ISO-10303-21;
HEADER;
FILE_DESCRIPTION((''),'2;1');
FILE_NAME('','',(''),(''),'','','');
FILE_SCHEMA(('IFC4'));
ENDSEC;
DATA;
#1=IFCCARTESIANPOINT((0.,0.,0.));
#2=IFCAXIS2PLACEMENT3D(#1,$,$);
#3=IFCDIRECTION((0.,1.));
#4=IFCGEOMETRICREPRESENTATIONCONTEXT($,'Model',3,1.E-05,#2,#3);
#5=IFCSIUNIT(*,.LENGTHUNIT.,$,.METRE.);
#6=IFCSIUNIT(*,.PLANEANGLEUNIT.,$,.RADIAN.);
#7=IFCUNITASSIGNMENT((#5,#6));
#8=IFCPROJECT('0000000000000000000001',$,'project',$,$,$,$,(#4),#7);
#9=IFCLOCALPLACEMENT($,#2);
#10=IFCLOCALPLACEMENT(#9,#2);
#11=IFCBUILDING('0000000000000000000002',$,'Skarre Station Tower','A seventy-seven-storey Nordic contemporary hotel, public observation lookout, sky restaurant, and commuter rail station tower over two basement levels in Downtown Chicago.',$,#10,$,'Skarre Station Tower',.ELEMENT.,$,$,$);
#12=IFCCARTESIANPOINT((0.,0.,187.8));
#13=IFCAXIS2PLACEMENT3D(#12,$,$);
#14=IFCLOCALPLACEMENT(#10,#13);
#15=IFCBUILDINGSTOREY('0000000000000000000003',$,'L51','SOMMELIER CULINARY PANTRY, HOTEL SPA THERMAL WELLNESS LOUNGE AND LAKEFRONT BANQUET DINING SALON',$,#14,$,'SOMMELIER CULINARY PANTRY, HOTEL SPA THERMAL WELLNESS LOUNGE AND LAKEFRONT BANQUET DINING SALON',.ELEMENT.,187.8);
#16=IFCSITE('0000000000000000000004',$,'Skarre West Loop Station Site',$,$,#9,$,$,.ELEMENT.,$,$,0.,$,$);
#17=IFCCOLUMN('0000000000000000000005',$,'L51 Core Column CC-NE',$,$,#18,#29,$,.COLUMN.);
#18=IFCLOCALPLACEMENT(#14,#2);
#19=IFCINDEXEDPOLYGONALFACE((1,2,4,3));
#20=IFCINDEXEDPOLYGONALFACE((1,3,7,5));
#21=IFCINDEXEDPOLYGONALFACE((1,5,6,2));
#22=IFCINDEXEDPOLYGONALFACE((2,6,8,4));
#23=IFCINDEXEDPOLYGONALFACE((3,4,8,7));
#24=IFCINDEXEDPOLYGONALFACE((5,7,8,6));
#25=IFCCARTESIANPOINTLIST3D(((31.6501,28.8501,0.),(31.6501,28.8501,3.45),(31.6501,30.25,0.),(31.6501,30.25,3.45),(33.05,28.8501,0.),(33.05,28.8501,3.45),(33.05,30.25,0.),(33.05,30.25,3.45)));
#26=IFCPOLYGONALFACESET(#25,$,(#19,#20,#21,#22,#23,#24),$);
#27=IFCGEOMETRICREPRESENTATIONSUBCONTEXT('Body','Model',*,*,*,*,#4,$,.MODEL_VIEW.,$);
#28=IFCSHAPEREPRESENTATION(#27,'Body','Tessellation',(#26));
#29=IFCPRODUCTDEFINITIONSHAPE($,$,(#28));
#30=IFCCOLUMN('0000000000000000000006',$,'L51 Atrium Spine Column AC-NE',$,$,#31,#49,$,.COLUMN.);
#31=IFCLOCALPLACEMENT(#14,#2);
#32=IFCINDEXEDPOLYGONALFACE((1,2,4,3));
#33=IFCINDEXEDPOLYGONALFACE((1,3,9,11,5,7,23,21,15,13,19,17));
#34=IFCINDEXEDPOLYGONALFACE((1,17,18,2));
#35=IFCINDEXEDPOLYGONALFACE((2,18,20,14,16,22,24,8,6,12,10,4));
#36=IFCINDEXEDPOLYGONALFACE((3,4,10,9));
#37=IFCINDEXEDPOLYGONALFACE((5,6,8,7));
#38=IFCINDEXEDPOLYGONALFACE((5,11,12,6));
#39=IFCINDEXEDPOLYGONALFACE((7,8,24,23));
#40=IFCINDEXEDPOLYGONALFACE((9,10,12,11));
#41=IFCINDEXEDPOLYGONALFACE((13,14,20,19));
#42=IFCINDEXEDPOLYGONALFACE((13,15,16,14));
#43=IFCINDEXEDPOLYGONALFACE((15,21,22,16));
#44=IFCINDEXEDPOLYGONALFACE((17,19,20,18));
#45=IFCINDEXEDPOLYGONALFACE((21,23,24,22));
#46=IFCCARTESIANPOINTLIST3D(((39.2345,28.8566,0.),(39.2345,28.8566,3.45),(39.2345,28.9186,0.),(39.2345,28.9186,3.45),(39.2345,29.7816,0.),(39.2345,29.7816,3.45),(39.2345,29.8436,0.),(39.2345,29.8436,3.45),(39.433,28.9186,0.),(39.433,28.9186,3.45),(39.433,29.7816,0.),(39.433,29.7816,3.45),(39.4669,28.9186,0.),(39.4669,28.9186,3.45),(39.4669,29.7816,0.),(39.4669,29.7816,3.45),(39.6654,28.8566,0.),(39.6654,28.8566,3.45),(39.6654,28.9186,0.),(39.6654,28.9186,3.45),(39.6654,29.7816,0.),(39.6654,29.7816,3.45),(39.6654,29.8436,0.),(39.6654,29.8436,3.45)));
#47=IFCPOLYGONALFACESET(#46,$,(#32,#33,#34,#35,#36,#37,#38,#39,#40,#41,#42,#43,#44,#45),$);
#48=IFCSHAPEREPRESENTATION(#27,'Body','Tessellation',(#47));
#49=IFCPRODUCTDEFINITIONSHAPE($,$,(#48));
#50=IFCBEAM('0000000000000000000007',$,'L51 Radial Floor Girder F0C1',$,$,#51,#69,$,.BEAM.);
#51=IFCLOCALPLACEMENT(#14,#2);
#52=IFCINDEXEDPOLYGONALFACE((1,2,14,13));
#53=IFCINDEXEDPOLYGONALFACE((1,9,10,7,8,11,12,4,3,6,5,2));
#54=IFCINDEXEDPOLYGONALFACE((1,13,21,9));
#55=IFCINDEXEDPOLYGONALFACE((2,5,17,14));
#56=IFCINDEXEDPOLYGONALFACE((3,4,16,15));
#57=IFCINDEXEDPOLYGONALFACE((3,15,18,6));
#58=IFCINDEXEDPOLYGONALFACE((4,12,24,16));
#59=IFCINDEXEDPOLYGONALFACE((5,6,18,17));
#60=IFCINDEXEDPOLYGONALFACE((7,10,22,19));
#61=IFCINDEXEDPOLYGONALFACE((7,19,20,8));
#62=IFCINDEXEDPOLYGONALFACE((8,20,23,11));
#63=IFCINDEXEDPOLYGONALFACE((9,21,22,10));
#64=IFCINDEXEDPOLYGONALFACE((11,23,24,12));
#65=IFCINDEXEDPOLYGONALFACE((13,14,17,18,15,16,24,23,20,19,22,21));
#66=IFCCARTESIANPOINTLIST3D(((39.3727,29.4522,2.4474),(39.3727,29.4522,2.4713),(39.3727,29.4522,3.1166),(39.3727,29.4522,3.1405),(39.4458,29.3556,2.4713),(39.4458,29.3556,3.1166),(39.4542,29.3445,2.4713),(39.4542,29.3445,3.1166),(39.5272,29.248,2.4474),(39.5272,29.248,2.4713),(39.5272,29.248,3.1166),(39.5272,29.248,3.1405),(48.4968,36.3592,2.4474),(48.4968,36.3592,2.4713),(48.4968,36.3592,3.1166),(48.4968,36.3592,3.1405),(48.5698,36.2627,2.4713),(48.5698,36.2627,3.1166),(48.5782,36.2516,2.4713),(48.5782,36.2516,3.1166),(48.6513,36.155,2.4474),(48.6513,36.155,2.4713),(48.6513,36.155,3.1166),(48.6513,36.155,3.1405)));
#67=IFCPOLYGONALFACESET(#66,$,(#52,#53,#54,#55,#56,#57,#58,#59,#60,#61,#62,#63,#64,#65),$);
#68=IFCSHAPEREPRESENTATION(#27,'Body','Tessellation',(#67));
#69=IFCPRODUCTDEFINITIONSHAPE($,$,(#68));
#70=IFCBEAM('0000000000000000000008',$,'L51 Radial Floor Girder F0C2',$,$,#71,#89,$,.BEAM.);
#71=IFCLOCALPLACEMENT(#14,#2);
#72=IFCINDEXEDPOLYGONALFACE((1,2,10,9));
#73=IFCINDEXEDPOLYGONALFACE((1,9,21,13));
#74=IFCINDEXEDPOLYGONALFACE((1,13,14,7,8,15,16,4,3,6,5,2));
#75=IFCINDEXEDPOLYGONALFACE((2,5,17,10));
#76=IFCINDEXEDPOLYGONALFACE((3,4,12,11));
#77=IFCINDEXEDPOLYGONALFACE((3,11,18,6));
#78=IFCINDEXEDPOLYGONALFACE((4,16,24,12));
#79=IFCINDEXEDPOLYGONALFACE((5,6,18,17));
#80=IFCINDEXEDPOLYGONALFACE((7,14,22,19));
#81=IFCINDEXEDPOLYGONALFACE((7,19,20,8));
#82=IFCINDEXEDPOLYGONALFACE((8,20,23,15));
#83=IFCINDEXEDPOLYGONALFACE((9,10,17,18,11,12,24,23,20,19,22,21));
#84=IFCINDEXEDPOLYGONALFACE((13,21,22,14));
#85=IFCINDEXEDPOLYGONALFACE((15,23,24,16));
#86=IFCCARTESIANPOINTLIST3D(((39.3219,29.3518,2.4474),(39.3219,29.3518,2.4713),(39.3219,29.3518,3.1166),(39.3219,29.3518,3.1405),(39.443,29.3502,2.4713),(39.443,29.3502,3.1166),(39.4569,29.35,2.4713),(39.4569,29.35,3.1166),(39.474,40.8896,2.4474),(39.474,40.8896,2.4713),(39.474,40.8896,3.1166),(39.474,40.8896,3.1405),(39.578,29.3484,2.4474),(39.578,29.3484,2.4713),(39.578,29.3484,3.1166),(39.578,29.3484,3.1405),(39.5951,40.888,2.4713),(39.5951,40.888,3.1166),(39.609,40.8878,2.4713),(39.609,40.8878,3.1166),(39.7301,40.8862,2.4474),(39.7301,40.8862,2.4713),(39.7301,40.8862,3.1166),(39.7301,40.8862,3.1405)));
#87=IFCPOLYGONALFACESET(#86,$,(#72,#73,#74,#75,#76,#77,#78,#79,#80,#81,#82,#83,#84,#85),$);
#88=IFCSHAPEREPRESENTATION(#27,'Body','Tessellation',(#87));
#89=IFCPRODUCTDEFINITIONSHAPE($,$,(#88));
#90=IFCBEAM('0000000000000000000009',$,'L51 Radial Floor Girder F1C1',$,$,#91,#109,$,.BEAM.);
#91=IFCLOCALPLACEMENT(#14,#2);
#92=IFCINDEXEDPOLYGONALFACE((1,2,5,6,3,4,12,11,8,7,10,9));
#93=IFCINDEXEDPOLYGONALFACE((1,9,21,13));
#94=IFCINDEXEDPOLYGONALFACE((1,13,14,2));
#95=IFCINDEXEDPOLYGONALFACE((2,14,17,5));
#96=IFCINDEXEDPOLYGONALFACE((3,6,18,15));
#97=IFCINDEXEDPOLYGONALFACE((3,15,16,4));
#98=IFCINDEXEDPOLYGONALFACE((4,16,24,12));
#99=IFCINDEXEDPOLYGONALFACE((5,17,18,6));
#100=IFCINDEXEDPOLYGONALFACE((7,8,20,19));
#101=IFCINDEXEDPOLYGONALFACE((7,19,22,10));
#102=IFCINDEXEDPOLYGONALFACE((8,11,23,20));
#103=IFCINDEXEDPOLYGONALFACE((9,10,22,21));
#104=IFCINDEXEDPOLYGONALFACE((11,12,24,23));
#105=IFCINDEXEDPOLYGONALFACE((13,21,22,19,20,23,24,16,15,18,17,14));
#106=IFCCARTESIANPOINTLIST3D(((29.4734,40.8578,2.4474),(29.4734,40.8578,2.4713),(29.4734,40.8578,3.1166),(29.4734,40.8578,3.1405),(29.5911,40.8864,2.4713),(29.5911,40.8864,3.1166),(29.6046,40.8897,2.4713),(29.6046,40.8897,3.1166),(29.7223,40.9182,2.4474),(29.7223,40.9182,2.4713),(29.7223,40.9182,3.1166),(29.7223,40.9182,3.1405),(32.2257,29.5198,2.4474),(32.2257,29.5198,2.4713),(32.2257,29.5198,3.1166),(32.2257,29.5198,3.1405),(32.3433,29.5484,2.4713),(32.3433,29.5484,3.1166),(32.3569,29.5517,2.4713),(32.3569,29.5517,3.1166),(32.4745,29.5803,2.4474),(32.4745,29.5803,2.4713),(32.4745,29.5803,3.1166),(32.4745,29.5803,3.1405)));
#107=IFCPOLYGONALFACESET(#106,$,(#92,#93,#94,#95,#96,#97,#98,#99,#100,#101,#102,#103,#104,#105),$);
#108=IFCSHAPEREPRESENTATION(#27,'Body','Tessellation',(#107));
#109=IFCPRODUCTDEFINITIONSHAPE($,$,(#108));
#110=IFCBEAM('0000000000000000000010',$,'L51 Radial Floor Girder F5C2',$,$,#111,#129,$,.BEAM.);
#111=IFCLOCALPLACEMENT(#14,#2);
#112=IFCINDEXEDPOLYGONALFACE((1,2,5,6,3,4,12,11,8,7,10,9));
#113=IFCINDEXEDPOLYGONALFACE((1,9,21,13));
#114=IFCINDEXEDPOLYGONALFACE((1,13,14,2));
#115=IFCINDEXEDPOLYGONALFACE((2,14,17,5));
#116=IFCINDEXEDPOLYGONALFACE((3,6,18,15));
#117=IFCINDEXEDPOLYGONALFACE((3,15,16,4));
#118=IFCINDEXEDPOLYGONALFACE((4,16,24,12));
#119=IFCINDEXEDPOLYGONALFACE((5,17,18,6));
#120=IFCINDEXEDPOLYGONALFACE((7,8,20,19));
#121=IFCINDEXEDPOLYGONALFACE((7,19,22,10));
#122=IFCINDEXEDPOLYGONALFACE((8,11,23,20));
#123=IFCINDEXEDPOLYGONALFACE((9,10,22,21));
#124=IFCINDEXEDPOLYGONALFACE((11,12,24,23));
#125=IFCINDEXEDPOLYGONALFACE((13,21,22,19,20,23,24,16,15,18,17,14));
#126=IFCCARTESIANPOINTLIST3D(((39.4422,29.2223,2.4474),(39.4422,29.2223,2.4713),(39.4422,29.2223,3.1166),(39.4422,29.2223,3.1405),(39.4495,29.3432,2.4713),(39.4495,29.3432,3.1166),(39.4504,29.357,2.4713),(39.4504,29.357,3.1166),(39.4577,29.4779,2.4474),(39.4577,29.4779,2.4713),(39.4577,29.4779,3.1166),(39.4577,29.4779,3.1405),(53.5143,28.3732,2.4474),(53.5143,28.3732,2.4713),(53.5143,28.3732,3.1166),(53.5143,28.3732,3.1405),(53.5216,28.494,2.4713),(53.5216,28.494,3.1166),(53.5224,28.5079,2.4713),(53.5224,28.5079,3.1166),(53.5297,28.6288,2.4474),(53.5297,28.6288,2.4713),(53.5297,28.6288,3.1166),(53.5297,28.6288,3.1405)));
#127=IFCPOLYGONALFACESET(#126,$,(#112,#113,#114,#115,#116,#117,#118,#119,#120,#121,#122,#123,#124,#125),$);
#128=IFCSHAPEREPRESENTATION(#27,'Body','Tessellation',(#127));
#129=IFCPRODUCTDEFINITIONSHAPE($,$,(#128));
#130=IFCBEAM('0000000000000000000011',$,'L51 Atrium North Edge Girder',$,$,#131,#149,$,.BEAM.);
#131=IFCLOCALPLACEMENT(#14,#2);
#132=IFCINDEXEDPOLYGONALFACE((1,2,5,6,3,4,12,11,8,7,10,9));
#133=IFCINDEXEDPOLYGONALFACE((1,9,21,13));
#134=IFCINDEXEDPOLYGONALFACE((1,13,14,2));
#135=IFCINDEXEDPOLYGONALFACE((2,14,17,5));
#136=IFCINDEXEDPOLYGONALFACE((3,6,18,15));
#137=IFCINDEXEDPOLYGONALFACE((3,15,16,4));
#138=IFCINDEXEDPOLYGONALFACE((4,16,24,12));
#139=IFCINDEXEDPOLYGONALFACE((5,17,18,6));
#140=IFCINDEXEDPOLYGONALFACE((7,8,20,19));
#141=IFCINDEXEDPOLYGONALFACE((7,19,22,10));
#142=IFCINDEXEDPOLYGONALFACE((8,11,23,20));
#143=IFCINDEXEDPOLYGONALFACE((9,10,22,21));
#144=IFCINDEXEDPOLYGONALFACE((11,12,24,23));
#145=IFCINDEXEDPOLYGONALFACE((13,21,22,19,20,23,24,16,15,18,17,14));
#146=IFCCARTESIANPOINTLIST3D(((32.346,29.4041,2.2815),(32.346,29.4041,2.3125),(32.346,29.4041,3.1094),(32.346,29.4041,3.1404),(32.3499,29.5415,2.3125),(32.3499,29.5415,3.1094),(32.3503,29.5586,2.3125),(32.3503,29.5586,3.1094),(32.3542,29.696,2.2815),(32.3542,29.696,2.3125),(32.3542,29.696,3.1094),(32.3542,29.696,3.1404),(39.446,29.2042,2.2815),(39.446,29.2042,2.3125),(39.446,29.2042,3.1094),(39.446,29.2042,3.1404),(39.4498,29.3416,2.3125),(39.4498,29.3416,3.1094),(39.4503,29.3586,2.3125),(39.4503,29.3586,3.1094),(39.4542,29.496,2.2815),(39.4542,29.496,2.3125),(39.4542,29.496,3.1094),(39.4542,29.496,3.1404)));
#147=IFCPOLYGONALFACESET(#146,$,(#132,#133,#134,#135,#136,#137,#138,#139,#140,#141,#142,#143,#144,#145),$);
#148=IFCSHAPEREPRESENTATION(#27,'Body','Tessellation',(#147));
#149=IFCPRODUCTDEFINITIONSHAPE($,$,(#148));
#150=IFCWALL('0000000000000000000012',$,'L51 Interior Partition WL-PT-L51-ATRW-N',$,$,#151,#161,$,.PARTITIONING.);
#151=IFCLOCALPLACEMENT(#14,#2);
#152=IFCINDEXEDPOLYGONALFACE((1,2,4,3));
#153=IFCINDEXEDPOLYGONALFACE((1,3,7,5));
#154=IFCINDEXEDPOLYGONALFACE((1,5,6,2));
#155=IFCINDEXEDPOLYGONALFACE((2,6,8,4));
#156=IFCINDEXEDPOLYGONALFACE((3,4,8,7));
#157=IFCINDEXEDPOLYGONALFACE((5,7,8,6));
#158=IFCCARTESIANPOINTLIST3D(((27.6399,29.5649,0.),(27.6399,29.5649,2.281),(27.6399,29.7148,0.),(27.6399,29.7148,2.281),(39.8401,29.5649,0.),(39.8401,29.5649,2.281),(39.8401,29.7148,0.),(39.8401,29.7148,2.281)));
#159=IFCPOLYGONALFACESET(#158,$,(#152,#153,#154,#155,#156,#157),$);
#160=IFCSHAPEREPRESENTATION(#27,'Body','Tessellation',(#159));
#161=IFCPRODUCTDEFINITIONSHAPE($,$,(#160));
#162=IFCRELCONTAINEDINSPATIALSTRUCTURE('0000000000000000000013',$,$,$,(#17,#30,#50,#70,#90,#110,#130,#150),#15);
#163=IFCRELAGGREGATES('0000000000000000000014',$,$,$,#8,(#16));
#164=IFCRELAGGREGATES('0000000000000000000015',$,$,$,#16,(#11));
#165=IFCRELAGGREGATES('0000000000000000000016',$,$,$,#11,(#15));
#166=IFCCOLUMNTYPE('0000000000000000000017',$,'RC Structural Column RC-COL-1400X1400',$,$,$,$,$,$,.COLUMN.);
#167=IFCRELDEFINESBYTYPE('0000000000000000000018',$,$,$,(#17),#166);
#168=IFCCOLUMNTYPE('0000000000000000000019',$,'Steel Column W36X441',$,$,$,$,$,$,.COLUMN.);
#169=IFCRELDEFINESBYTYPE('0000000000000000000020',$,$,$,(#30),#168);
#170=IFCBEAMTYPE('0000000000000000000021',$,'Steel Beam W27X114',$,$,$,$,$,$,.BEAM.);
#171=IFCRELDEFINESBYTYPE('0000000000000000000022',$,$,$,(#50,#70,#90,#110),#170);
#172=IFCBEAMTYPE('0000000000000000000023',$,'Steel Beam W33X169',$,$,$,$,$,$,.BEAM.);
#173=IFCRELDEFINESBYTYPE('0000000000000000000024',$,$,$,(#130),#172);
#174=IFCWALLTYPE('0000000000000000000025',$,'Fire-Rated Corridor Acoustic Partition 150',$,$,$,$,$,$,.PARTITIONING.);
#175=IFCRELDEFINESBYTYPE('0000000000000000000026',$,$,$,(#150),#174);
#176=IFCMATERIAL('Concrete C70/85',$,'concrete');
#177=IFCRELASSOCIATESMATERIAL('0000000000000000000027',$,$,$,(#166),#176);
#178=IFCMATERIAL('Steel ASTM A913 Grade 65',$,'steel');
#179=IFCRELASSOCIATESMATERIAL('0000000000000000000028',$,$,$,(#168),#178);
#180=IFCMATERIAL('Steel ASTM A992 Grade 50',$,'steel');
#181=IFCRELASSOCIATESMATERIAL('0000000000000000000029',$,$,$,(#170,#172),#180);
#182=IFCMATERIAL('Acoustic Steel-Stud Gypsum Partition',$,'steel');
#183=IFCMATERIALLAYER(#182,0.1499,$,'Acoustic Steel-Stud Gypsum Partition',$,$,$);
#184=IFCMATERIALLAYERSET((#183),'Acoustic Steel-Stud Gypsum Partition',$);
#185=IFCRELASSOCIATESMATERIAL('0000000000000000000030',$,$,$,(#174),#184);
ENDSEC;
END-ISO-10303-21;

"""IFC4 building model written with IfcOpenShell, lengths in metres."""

from ifc_helpers import new_model, si_unit, direction, frame, frame_2d, origin, origin_2d, place, context, subcontext, project, spatial, rectangle, i_section, extrude, material, layer, layer_set, material_profile, profile_set, type_object, element, save


model = new_model("IFC4")

# Units and contexts
model_context = context("Model", 3, precision=1e-05, world=origin(), true_north=direction((0.0, 1.0)))
body_context = subcontext(model_context, "Body", "Model", "MODEL_VIEW")
ifc_project = project(units=[si_unit("LENGTHUNIT", "METRE"), si_unit("PLANEANGLEUNIT", "RADIAN")], contexts=[model_context])

# Site, building, storey
site_placement = place(None, origin())
site = spatial("IfcSite", under=ifc_project, at=site_placement, Name="Skarre West Loop Station Site", CompositionType="ELEMENT", RefElevation=0.0)
building_placement = place(site_placement, origin())
building = spatial("IfcBuilding", under=site, at=building_placement, Name="Skarre Station Tower", Description="A seventy-seven-storey Nordic contemporary hotel, public observation lookout, sky restaurant, and commuter rail station tower over two basement levels in Downtown Chicago.", LongName="Skarre Station Tower", CompositionType="ELEMENT")
storey_placement = place(building_placement, frame((0.0, 0.0, 187.8)))
storey = spatial("IfcBuildingStorey", under=building, at=storey_placement, Name="L51", Description="SOMMELIER CULINARY PANTRY, HOTEL SPA THERMAL WELLNESS LOUNGE AND LAKEFRONT BANQUET DINING SALON", LongName="SOMMELIER CULINARY PANTRY, HOTEL SPA THERMAL WELLNESS LOUNGE AND LAKEFRONT BANQUET DINING SALON", CompositionType="ELEMENT", Elevation=187.8)

# Columns
ifc_material_1 = material(Name="Concrete C70/85", Category="concrete")
ifc_material_profile_1 = material_profile(ifc_material_1, rectangle(XDim=1.3999, YDim=1.3999, at=origin_2d()), Name="Concrete C70/85")
ifc_profile_set_1 = profile_set([ifc_material_profile_1], Name="Concrete C70/85")
column_type_1 = type_object("IfcColumnType", Name="RC Structural Column RC-COL-1400X1400", PredefinedType="COLUMN", material=ifc_profile_set_1)
column_1_placement = place(storey_placement, frame((32.3501, 29.55, 0.0), z_axis=(0.0, 0.0, 1.0), x_axis=(1.0, 0.0, 0.0)))
element("IfcColumn", 1, at=column_1_placement, inside=storey, type_object=column_type_1, Name="L51 Core Column CC-NE", PredefinedType="COLUMN", context=body_context, shape_type="SweptSolid", body=[
    extrude(rectangle(XDim=1.3999, YDim=1.3999, at=origin_2d()), origin(), (0.0, 0.0, 1.0), 3.45),
])
ifc_material_2 = material(Name="Steel ASTM A913 Grade 65", Category="steel")
ifc_material_profile_2 = material_profile(ifc_material_2, i_section(OverallWidth=0.4309, OverallDepth=0.9871, WebThickness=0.0339, FlangeThickness=0.062, at=origin_2d()), Name="Steel ASTM A913 Grade 65")
ifc_profile_set_2 = profile_set([ifc_material_profile_2], Name="Steel ASTM A913 Grade 65")
column_type_2 = type_object("IfcColumnType", Name="Steel Column W36X441", PredefinedType="COLUMN", material=ifc_profile_set_2)
column_2_placement = place(storey_placement, frame((39.45, 29.3501, 0.0), z_axis=(0.0, 0.0, 1.0), x_axis=(1.0, 0.0, 0.0)))
element("IfcColumn", 2, at=column_2_placement, inside=storey, type_object=column_type_2, Name="L51 Atrium Spine Column AC-NE", PredefinedType="COLUMN", context=body_context, shape_type="SweptSolid", body=[
    extrude(i_section(OverallWidth=0.4309, OverallDepth=0.9871, WebThickness=0.0339, FlangeThickness=0.062, at=origin_2d()), origin(), (0.0, 0.0, 1.0), 3.45),
])

# Beams
ifc_material_3 = material(Name="Steel ASTM A992 Grade 50", Category="steel")
ifc_material_profile_3 = material_profile(ifc_material_3, i_section(OverallWidth=0.2561, OverallDepth=0.6931, WebThickness=0.0139, FlangeThickness=0.0239, at=origin_2d()), Name="Steel ASTM A992 Grade 50")
ifc_profile_set_3 = profile_set([ifc_material_profile_3], Name="Steel ASTM A992 Grade 50")
beam_type_1 = type_object("IfcBeamType", Name="Steel Beam W27X114", PredefinedType="BEAM", material=ifc_profile_set_3)
beam_1_placement = place(storey_placement, frame((39.45, 29.3501, 2.7939), z_axis=(0.797309, 0.603571, 0.0), x_axis=(-0.603571, 0.797309, 0.0)))
element("IfcBeam", 3, at=beam_1_placement, inside=storey, type_object=beam_type_1, Name="L51 Radial Floor Girder F0C1", PredefinedType="BEAM", context=body_context, shape_type="SweptSolid", body=[
    extrude(i_section(OverallWidth=0.2561, OverallDepth=0.6931, WebThickness=0.0139, FlangeThickness=0.0239, at=origin_2d()), origin(), (0.0, 0.0, 1.0), 11.4436),
])
beam_2_placement = place(storey_placement, frame((39.45, 29.3501, 2.7939), z_axis=(0.013182, 0.999913, 0.0), x_axis=(-0.999913, 0.013182, 0.0)))
element("IfcBeam", 4, at=beam_2_placement, inside=storey, type_object=beam_type_1, Name="L51 Radial Floor Girder F0C2", PredefinedType="BEAM", context=body_context, shape_type="SweptSolid", body=[
    extrude(i_section(OverallWidth=0.2561, OverallDepth=0.6931, WebThickness=0.0139, FlangeThickness=0.0239, at=origin_2d()), origin(), (0.0, 0.0, 1.0), 11.5388),
])
beam_3_placement = place(storey_placement, frame((32.3501, 29.55, 2.7939), z_axis=(-0.235893, 0.971779, 0.0), x_axis=(-0.971779, -0.235893, 0.0)))
element("IfcBeam", 5, at=beam_3_placement, inside=storey, type_object=beam_type_1, Name="L51 Radial Floor Girder F1C1", PredefinedType="BEAM", context=body_context, shape_type="SweptSolid", body=[
    extrude(i_section(OverallWidth=0.2561, OverallDepth=0.6931, WebThickness=0.0139, FlangeThickness=0.0239, at=origin_2d()), origin(), (0.0, 0.0, 1.0), 11.6672),
])
beam_4_placement = place(storey_placement, frame((39.45, 29.3501, 2.7939), z_axis=(0.998184, -0.060232, 0.0), x_axis=(0.060232, 0.998184, 0.0)))
element("IfcBeam", 6, at=beam_4_placement, inside=storey, type_object=beam_type_1, Name="L51 Radial Floor Girder F5C2", PredefinedType="BEAM", context=body_context, shape_type="SweptSolid", body=[
    extrude(i_section(OverallWidth=0.2561, OverallDepth=0.6931, WebThickness=0.0139, FlangeThickness=0.0239, at=origin_2d()), origin(), (0.0, 0.0, 1.0), 14.0977),
])
ifc_material_profile_4 = material_profile(ifc_material_3, i_section(OverallWidth=0.292, OverallDepth=0.8589, WebThickness=0.0171, FlangeThickness=0.031, at=origin_2d()), Name="Steel ASTM A992 Grade 50")
ifc_profile_set_4 = profile_set([ifc_material_profile_4], Name="Steel ASTM A992 Grade 50")
beam_type_2 = type_object("IfcBeamType", Name="Steel Beam W33X169", PredefinedType="BEAM", material=ifc_profile_set_4)
beam_5_placement = place(storey_placement, frame((32.3501, 29.55, 2.7109), z_axis=(0.999604, -0.028152, 0.0), x_axis=(0.028152, 0.999604, 0.0)))
element("IfcBeam", 7, at=beam_5_placement, inside=storey, type_object=beam_type_2, Name="L51 Atrium North Edge Girder", PredefinedType="BEAM", context=body_context, shape_type="SweptSolid", body=[
    extrude(i_section(OverallWidth=0.292, OverallDepth=0.8589, WebThickness=0.0171, FlangeThickness=0.031, at=origin_2d()), origin(), (0.0, 0.0, 1.0), 7.1028),
])

# Wall
ifc_material_4 = material(Name="Acoustic Steel-Stud Gypsum Partition", Category="steel")
ifc_layer_1 = layer(ifc_material_4, 0.1499, Name="Acoustic Steel-Stud Gypsum Partition")
ifc_layer_set_1 = layer_set([ifc_layer_1], Name="Acoustic Steel-Stud Gypsum Partition")
wall_type_1 = type_object("IfcWallType", Name="Fire-Rated Corridor Acoustic Partition 150", PredefinedType="PARTITIONING", material=ifc_layer_set_1)
wall_1_placement = place(storey_placement, frame((39.8401, 29.6399, 0.0), z_axis=(0.0, 0.0, 1.0), x_axis=(-1.0, 0.0, 0.0)))
element("IfcWall", 8, at=wall_1_placement, inside=storey, type_object=wall_type_1, Name="L51 Interior Partition WL-PT-L51-ATRW-N", PredefinedType="PARTITIONING", context=body_context, shape_type="SweptSolid", body=[
    extrude(rectangle(XDim=12.2002, YDim=0.1499, at=frame_2d((6.1001, 0.0))), origin(), (0.0, 0.0, 1.0), 2.281),
])

save(model, "model.ifc")
